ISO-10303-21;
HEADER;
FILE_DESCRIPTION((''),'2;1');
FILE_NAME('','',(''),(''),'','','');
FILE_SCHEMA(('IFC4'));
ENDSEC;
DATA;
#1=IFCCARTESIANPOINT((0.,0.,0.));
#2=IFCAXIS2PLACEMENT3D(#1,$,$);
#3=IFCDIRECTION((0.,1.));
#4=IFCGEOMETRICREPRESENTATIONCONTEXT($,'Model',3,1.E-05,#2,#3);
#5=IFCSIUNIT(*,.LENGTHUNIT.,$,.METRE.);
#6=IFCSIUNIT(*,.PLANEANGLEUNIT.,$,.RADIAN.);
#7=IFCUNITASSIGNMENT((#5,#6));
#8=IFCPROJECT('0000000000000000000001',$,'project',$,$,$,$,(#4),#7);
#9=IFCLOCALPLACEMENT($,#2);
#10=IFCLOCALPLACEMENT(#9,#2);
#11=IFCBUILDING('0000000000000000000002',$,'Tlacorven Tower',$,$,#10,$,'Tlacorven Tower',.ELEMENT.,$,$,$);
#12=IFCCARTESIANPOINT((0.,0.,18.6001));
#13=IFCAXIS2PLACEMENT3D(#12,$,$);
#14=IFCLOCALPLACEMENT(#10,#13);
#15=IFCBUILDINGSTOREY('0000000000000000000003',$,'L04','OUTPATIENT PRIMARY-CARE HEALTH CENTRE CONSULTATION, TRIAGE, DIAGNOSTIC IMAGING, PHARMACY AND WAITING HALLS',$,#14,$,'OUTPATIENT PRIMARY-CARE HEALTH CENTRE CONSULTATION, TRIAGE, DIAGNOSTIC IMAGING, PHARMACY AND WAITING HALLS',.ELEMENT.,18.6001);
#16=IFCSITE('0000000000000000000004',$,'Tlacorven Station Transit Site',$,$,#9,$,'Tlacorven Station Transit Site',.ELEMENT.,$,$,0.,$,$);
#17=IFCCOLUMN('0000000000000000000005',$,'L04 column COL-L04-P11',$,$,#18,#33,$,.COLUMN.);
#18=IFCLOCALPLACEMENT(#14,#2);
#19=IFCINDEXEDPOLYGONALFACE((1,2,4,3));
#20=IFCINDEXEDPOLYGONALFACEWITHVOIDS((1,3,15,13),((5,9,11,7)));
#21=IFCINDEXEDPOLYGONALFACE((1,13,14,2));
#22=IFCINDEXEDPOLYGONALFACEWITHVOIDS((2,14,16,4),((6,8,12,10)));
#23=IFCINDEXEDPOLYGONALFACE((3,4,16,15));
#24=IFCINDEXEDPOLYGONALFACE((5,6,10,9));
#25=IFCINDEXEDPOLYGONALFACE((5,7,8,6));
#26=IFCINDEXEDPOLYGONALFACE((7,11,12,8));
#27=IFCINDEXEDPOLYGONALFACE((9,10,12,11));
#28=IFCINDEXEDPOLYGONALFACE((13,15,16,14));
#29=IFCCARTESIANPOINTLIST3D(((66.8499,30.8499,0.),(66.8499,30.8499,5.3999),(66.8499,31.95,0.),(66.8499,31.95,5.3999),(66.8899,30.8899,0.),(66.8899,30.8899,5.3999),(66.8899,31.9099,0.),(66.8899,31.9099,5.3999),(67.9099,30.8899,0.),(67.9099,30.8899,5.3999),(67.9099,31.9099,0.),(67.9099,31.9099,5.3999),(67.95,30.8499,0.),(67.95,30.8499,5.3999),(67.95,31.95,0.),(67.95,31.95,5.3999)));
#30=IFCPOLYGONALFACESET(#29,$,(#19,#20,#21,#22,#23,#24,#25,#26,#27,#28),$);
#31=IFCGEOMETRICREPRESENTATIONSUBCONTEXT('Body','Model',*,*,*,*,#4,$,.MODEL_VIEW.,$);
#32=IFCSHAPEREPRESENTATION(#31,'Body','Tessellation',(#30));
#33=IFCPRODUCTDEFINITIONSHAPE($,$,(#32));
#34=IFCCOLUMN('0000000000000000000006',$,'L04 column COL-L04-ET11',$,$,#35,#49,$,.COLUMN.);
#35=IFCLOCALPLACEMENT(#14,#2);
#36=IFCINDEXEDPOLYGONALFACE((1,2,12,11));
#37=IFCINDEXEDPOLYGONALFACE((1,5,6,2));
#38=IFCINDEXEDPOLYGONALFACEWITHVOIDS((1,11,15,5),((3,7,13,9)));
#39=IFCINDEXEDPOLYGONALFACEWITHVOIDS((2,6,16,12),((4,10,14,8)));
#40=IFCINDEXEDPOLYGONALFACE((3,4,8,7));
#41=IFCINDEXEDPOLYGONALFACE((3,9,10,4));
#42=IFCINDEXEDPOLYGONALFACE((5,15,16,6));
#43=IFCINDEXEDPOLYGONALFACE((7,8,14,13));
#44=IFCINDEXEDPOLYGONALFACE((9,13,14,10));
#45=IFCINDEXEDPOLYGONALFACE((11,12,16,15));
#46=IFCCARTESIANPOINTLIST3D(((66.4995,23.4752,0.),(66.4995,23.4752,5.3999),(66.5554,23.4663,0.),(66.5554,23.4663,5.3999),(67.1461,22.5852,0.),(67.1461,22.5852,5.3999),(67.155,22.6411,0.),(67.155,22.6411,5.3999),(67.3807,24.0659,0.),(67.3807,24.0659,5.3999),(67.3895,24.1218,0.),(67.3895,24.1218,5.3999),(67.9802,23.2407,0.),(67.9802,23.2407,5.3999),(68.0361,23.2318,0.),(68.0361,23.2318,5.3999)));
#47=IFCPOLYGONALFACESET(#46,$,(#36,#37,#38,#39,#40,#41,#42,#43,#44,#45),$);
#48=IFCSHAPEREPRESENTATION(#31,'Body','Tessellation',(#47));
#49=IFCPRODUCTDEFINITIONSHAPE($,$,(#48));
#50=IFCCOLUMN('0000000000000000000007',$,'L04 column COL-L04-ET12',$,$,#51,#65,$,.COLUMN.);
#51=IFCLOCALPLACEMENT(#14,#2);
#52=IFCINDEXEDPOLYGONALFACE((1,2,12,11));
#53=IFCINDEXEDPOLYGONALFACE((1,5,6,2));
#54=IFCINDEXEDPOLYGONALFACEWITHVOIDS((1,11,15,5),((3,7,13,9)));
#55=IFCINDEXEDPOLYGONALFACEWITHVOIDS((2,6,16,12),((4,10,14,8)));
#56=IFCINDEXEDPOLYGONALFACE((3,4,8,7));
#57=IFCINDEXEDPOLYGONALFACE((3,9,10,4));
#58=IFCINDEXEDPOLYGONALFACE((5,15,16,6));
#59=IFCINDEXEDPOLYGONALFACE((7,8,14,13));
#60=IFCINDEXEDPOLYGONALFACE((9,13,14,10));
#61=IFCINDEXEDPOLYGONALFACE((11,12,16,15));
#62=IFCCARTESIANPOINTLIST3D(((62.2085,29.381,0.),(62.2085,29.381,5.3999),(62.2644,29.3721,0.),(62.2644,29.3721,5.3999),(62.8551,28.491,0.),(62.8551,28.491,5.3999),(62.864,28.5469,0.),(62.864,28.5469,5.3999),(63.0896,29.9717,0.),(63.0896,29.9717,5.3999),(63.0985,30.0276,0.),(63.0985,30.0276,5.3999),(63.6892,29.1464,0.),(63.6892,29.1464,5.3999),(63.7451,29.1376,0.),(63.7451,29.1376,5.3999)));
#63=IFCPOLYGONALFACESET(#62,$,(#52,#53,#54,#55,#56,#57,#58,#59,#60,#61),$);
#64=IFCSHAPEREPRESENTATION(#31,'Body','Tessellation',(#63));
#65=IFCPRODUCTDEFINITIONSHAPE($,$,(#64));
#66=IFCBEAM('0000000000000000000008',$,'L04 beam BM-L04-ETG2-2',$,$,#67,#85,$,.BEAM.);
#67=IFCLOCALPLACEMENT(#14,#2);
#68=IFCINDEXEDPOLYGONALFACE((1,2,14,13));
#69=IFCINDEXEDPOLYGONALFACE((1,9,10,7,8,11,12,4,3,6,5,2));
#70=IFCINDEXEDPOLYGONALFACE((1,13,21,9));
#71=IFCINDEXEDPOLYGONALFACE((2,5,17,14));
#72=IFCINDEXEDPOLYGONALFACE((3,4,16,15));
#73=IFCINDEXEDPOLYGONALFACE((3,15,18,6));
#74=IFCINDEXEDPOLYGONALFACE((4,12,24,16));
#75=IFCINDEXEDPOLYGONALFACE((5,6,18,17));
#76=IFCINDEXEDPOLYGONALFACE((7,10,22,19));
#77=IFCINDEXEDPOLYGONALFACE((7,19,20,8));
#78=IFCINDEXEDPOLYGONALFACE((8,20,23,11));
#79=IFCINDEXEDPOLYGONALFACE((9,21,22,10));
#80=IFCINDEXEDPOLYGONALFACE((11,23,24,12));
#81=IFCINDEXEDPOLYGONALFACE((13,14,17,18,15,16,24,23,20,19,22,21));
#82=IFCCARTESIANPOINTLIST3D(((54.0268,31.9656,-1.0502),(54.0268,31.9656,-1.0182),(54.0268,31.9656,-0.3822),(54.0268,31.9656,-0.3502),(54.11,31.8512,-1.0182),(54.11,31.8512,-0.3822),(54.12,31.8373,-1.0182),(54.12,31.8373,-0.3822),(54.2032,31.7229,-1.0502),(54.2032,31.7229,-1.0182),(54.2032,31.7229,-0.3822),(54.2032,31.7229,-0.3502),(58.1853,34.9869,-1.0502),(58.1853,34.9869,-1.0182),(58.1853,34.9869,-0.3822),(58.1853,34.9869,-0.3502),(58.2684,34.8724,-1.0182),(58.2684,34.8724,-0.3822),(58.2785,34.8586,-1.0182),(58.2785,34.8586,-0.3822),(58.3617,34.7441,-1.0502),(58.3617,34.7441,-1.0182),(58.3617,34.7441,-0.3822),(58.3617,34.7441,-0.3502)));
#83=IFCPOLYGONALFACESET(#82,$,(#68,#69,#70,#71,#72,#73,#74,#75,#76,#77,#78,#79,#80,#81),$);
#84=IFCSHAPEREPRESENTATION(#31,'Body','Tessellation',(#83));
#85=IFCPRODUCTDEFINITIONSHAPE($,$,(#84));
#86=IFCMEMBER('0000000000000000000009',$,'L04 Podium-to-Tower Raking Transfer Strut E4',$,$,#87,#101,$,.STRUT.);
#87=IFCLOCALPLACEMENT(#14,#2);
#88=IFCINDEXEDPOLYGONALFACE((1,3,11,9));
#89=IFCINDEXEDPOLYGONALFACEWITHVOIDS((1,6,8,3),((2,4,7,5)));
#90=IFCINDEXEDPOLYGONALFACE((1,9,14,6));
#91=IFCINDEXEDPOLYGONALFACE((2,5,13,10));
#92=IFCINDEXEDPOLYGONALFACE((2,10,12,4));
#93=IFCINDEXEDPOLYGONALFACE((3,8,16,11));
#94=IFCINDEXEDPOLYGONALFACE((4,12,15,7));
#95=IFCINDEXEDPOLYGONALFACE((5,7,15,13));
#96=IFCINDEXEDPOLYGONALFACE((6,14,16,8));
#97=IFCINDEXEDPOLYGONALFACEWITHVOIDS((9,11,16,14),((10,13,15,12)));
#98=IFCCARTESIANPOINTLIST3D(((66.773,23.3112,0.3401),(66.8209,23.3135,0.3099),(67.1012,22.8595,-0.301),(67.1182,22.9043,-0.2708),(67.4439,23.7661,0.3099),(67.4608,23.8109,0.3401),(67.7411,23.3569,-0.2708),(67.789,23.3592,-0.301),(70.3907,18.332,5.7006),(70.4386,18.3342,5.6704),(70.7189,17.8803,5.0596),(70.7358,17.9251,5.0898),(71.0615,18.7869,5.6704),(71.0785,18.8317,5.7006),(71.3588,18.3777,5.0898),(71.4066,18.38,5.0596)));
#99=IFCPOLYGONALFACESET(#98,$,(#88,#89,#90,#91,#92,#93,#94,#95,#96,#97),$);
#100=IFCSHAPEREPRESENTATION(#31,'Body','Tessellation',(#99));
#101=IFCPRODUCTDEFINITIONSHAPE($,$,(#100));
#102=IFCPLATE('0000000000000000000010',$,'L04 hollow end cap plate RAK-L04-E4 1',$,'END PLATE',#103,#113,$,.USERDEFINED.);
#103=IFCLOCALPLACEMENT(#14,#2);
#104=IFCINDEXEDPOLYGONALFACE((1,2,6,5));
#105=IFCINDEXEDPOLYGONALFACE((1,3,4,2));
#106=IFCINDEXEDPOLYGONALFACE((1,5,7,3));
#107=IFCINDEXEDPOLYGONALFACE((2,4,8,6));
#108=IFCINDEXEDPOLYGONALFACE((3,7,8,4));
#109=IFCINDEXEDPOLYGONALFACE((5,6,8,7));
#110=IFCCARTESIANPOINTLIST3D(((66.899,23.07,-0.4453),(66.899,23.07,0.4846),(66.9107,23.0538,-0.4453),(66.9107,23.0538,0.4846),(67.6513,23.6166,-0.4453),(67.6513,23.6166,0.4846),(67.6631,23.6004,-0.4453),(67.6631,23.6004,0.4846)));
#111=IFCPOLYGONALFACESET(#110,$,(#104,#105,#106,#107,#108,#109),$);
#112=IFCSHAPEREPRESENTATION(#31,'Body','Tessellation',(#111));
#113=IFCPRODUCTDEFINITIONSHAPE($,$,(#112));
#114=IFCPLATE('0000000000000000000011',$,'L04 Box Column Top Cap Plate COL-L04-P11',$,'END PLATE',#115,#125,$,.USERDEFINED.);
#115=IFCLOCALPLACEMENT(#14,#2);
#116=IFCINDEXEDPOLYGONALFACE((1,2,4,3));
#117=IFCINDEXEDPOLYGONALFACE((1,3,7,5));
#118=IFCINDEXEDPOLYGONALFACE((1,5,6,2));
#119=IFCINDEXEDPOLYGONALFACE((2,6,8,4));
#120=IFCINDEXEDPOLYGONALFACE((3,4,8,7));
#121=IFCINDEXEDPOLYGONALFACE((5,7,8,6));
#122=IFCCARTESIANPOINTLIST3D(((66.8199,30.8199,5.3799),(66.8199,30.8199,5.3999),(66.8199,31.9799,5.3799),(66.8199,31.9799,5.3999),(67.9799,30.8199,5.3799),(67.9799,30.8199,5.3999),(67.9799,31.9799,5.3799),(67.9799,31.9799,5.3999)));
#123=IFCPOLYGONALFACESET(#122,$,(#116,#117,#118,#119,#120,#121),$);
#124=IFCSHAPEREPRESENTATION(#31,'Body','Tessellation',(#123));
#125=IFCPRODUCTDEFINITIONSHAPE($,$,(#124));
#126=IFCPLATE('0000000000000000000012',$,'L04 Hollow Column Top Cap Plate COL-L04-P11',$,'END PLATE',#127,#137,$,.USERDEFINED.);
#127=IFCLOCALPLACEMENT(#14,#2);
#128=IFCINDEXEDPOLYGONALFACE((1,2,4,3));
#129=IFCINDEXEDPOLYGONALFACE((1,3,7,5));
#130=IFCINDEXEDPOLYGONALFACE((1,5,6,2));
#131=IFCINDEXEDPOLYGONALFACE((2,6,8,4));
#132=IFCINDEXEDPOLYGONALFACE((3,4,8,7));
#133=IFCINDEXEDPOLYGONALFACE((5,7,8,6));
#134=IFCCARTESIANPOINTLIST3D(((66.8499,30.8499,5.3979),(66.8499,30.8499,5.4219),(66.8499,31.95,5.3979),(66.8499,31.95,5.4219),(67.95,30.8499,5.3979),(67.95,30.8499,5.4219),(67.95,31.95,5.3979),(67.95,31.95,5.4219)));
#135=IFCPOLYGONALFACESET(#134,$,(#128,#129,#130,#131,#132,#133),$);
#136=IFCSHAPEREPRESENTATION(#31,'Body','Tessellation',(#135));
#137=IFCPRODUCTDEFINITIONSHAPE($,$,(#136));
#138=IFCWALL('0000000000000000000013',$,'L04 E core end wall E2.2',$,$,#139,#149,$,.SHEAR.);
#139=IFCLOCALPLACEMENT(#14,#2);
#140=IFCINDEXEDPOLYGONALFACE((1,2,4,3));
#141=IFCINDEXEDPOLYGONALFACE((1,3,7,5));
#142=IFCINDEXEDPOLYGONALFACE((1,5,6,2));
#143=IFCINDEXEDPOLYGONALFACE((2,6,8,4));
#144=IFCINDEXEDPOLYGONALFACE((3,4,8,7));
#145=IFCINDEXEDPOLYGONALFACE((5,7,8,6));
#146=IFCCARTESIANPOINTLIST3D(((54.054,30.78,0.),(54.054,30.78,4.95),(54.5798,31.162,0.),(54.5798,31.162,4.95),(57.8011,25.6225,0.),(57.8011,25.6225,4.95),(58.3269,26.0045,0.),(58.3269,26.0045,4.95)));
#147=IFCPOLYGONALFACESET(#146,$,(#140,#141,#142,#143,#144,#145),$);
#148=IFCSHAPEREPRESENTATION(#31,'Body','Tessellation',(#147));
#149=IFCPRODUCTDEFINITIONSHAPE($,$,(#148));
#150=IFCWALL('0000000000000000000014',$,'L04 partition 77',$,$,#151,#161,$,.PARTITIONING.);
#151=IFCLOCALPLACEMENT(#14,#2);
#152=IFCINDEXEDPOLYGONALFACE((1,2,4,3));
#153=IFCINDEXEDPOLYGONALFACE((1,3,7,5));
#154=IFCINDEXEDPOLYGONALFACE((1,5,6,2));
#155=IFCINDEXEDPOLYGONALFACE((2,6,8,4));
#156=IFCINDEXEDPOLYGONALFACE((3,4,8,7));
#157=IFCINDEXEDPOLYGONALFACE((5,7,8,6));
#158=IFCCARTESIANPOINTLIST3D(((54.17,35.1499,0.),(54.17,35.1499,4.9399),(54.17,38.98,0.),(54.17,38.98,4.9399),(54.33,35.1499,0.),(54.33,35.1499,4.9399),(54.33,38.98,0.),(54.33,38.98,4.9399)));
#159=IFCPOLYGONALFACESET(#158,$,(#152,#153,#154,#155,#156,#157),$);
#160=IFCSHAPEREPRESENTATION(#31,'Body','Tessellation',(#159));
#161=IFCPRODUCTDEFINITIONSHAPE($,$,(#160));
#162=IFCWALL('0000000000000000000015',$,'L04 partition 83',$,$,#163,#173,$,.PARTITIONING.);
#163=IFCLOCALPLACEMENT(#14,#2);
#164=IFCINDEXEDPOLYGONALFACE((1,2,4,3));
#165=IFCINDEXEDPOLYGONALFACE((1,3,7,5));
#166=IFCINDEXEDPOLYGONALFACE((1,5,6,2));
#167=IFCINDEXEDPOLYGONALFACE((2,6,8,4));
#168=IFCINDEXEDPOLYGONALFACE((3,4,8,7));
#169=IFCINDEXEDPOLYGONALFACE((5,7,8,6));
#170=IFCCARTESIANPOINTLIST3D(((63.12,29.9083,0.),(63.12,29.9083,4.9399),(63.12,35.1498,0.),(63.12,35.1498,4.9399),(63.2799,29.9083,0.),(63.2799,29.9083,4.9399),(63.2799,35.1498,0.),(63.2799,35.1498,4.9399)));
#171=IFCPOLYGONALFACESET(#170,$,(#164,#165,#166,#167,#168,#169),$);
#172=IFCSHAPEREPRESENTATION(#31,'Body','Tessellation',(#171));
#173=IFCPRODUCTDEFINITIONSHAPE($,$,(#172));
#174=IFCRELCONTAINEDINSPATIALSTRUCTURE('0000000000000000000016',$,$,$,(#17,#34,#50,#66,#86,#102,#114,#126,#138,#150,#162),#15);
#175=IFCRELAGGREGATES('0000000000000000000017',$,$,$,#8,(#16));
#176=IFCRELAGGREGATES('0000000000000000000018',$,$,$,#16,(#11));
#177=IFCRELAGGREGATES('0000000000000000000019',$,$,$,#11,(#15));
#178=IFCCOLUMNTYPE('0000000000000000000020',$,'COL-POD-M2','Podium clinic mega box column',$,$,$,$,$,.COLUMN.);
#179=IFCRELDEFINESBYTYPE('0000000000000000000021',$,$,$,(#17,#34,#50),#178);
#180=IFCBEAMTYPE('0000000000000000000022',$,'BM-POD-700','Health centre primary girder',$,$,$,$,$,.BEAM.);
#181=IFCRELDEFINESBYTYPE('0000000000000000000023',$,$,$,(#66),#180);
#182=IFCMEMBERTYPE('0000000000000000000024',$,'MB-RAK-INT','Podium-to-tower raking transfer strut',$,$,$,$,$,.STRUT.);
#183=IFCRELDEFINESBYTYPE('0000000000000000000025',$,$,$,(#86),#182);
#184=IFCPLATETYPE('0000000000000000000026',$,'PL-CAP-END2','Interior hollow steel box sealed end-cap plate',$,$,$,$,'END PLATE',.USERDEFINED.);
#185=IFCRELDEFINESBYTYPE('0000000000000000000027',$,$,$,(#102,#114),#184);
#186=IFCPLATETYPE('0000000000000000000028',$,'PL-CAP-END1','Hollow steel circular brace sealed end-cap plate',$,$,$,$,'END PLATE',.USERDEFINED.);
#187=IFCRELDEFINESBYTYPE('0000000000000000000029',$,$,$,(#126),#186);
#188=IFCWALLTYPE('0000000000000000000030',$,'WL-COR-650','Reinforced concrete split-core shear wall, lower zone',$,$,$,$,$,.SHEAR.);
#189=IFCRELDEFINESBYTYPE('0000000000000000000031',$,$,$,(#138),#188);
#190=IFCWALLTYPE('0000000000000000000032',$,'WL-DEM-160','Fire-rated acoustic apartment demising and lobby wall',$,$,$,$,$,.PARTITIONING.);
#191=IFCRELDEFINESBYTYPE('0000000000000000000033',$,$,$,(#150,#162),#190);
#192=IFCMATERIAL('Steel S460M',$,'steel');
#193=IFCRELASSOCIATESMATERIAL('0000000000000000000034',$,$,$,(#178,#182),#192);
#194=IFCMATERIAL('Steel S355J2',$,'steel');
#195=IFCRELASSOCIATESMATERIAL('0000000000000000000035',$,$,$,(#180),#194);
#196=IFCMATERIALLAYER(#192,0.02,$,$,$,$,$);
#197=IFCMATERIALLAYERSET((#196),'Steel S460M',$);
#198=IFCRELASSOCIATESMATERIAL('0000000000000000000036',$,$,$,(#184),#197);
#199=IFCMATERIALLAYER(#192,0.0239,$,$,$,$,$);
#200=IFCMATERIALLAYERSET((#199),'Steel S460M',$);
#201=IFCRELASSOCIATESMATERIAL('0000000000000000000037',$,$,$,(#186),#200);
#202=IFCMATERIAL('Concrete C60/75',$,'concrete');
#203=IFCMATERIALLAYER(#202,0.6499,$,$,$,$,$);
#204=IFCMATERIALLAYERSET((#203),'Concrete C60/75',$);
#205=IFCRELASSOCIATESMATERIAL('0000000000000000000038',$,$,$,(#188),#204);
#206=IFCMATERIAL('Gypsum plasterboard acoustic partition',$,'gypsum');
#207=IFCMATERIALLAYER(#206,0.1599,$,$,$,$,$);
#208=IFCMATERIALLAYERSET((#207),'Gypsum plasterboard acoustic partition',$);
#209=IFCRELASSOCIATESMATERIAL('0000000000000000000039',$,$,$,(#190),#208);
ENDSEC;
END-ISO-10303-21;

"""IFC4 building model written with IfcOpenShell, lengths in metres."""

from ifc_helpers import new_model, si_unit, direction, frame, frame_2d, origin, origin_2d, place, context, subcontext, project, spatial, rectangle, hollow_rectangle, i_section, extrude, source, transform, mapped, material, layer, layer_set, material_profile, profile_set, type_object, element, save


model = new_model("IFC4")

# Units and contexts
model_context = context("Model", 3, precision=1e-05, world=origin(), true_north=direction((0.0, 1.0)))
body_context = subcontext(model_context, "Body", "Model", "MODEL_VIEW")
ifc_project = project(units=[si_unit("LENGTHUNIT", "METRE"), si_unit("PLANEANGLEUNIT", "RADIAN")], contexts=[model_context])

# Site, building, storey
site_placement = place(None, origin())
site = spatial("IfcSite", under=ifc_project, at=site_placement, Name="Tlacorven Station Transit Site", LongName="Tlacorven Station Transit Site", CompositionType="ELEMENT", RefElevation=0.0)
building_placement = place(site_placement, origin())
building = spatial("IfcBuilding", under=site, at=building_placement, Name="Tlacorven Tower", LongName="Tlacorven Tower", CompositionType="ELEMENT")
storey_placement = place(building_placement, frame((0.0, 0.0, 18.6001)))
storey = spatial("IfcBuildingStorey", under=building, at=storey_placement, Name="L04", Description="OUTPATIENT PRIMARY-CARE HEALTH CENTRE CONSULTATION, TRIAGE, DIAGNOSTIC IMAGING, PHARMACY AND WAITING HALLS", LongName="OUTPATIENT PRIMARY-CARE HEALTH CENTRE CONSULTATION, TRIAGE, DIAGNOSTIC IMAGING, PHARMACY AND WAITING HALLS", CompositionType="ELEMENT", Elevation=18.6001)

# Columns
ifc_material_1 = material(Name="Steel S460M", Category="steel")
ifc_material_profile_1 = material_profile(ifc_material_1, hollow_rectangle(XDim=1.1001, YDim=1.1001, WallThickness=0.04, at=origin_2d()), Name="BOX 1100X1100X40")
ifc_profile_set_1 = profile_set([ifc_material_profile_1], Name="Steel S460M")
column_type = type_object("IfcColumnType", Name="COL-POD-M2", Description="Podium clinic mega box column", PredefinedType="COLUMN", material=ifc_profile_set_1)
shared_shape_1 = source(origin(), body_context, "Body", "SweptSolid", [
    extrude(hollow_rectangle(XDim=1.1001, YDim=1.1001, WallThickness=0.04, at=origin_2d()), origin(), (0.0, 0.0, 1.0), 5.3999),
])
for number, where, z_axis, x_axis, name in (
    (1, (67.3999, 31.3999, 0.0), (0.0, 0.0, 1.0), (1.0, 0.0, 0.0), "L04 column COL-L04-P11"),
    (2, (67.2678, 23.3535, 0.0), (0.0, 0.0, 1.0), (0.809017, 0.587785, 0.0), "L04 column COL-L04-ET11"),
    (3, (62.9768, 29.2593, 0.0), (0.0, 0.0, 1.0), (0.809017, 0.587785, 0.0), "L04 column COL-L04-ET12"),
):
    element("IfcColumn", number, at=place(storey_placement, frame(where, z_axis=z_axis, x_axis=x_axis)), inside=storey, type_object=column_type, Name=name, PredefinedType="COLUMN", context=body_context, shape_type="MappedRepresentation", body=[
        mapped(shared_shape_1, transform((0.0, 0.0, 0.0), scale=1.0)),
    ])

# Beam
ifc_material_2 = material(Name="Steel S355J2", Category="steel")
ifc_material_profile_2 = material_profile(ifc_material_2, i_section(OverallWidth=0.3, OverallDepth=0.7, WebThickness=0.0171, FlangeThickness=0.032, at=origin_2d()), Name="HEB 700")
ifc_profile_set_2 = profile_set([ifc_material_profile_2], Name="Steel S355J2")
beam_type = type_object("IfcBeamType", Name="BM-POD-700", Description="Health centre primary girder", PredefinedType="BEAM", material=ifc_profile_set_2)
shared_shape_2 = source(origin(), body_context, "Body", "SweptSolid", [
    extrude(i_section(OverallWidth=0.3, OverallDepth=0.7, WebThickness=0.0171, FlangeThickness=0.032, at=origin_2d()), origin(), (0.0, 0.0, 1.0), 5.1401),
])
beam_placement = place(storey_placement, frame((54.115, 31.8442, -0.7002), z_axis=(0.809021, 0.587779, 0.0), x_axis=(-0.587779, 0.809021, 0.0)))
element("IfcBeam", 4, at=beam_placement, inside=storey, type_object=beam_type, Name="L04 beam BM-L04-ETG2-2", PredefinedType="BEAM", context=body_context, shape_type="MappedRepresentation", body=[
    mapped(shared_shape_2, transform((0.0, 0.0, 0.0), scale=1.0)),
])

# Member
ifc_material_profile_3 = material_profile(ifc_material_1, hollow_rectangle(XDim=0.8501, YDim=0.8501, WallThickness=0.04, at=origin_2d()), Name="BOX 850X850X40")
ifc_profile_set_3 = profile_set([ifc_material_profile_3], Name="Steel S460M")
member_type = type_object("IfcMemberType", Name="MB-RAK-INT", Description="Podium-to-tower raking transfer strut", PredefinedType="STRUT", material=ifc_profile_set_3)
shared_shape_3 = source(origin(), body_context, "Body", "SweptSolid", [
    extrude(hollow_rectangle(XDim=0.8501, YDim=0.8501, WallThickness=0.04, at=origin_2d()), origin(), (0.0, 0.0, 1.0), 8.1619),
])
member_placement = place(storey_placement, frame((67.281, 23.3352, 0.0195), z_axis=(0.44324, -0.610061, 0.656783), x_axis=(0.809014, 0.58779, 0.0)))
element("IfcMember", 5, at=member_placement, inside=storey, type_object=member_type, Name="L04 Podium-to-Tower Raking Transfer Strut E4", PredefinedType="STRUT", context=body_context, shape_type="MappedRepresentation", body=[
    mapped(shared_shape_3, transform((0.0, 0.0, 0.0), scale=1.0)),
])

# Plates
ifc_layer_1 = layer(ifc_material_1, 0.02)
ifc_layer_set_1 = layer_set([ifc_layer_1], Name="Steel S460M")
plate_type_1 = type_object("IfcPlateType", Name="PL-CAP-END2", Description="Interior hollow steel box sealed end-cap plate", ElementType="END PLATE", PredefinedType="USERDEFINED", material=ifc_layer_set_1)
shared_shape_4 = source(origin(), body_context, "Body", "SweptSolid", [
    extrude(rectangle(XDim=0.02, YDim=0.9299, at=origin_2d()), origin(), (0.0, 0.0, 1.0), 0.9299),
])
plate_1_placement = place(storey_placement, frame((67.281, 23.3352, -0.4453), z_axis=(0.0, 0.0, 1.0), x_axis=(0.587785, -0.809017, 0.0)))
element("IfcPlate", 6, at=plate_1_placement, inside=storey, type_object=plate_type_1, Name="L04 hollow end cap plate RAK-L04-E4 1", ObjectType="END PLATE", PredefinedType="USERDEFINED", context=body_context, shape_type="MappedRepresentation", body=[
    mapped(shared_shape_4, transform((0.0, 0.0, 0.0), scale=1.0)),
])
shared_shape_5 = source(origin(), body_context, "Body", "SweptSolid", [
    extrude(rectangle(XDim=1.1599, YDim=1.1599, at=origin_2d()), origin(), (0.0, 0.0, 1.0), 0.02),
])
plate_2_placement = place(storey_placement, frame((67.3999, 31.3999, 5.3799), z_axis=(0.0, 0.0, 1.0), x_axis=(1.0, 0.0, 0.0)))
element("IfcPlate", 7, at=plate_2_placement, inside=storey, type_object=plate_type_1, Name="L04 Box Column Top Cap Plate COL-L04-P11", ObjectType="END PLATE", PredefinedType="USERDEFINED", context=body_context, shape_type="MappedRepresentation", body=[
    mapped(shared_shape_5, transform((0.0, 0.0, 0.0), scale=1.0)),
])
ifc_layer_2 = layer(ifc_material_1, 0.0239)
ifc_layer_set_2 = layer_set([ifc_layer_2], Name="Steel S460M")
plate_type_2 = type_object("IfcPlateType", Name="PL-CAP-END1", Description="Hollow steel circular brace sealed end-cap plate", ElementType="END PLATE", PredefinedType="USERDEFINED", material=ifc_layer_set_2)
shared_shape_6 = source(origin(), body_context, "Body", "SweptSolid", [
    extrude(rectangle(XDim=1.1001, YDim=1.1001, at=origin_2d()), origin(), (0.0, 0.0, 1.0), 0.0239),
])
plate_3_placement = place(storey_placement, frame((67.3999, 31.3999, 5.3979), z_axis=(0.0, 0.0, 1.0), x_axis=(1.0, 0.0, 0.0)))
element("IfcPlate", 8, at=plate_3_placement, inside=storey, type_object=plate_type_2, Name="L04 Hollow Column Top Cap Plate COL-L04-P11", ObjectType="END PLATE", PredefinedType="USERDEFINED", context=body_context, shape_type="MappedRepresentation", body=[
    mapped(shared_shape_6, transform((0.0, 0.0, 0.0), scale=1.0)),
])

# Walls
ifc_material_3 = material(Name="Concrete C60/75", Category="concrete")
ifc_layer_3 = layer(ifc_material_3, 0.6499)
ifc_layer_set_3 = layer_set([ifc_layer_3], Name="Concrete C60/75")
wall_type_1 = type_object("IfcWallType", Name="WL-COR-650", Description="Reinforced concrete split-core shear wall, lower zone", PredefinedType="SHEAR", material=ifc_layer_set_3)
wall_1_placement = place(storey_placement, frame((58.064, 25.8135, 0.0), z_axis=(0.0, 0.0, 1.0), x_axis=(-0.58778, 0.809021, 0.0)))
element("IfcWall", 9, at=wall_1_placement, inside=storey, type_object=wall_type_1, Name="L04 E core end wall E2.2", PredefinedType="SHEAR", context=body_context, shape_type="SweptSolid", body=[
    extrude(rectangle(XDim=6.375, YDim=0.6499, at=frame_2d((3.1875, 0.0))), origin(), (0.0, 0.0, 1.0), 4.95),
])
ifc_material_4 = material(Name="Gypsum plasterboard acoustic partition", Category="gypsum")
ifc_layer_4 = layer(ifc_material_4, 0.1599)
ifc_layer_set_4 = layer_set([ifc_layer_4], Name="Gypsum plasterboard acoustic partition")
wall_type_2 = type_object("IfcWallType", Name="WL-DEM-160", Description="Fire-rated acoustic apartment demising and lobby wall", PredefinedType="PARTITIONING", material=ifc_layer_set_4)
wall_2_placement = place(storey_placement, frame((54.25, 35.1499, 0.0), z_axis=(0.0, 0.0, 1.0), x_axis=(0.0, 1.0, 0.0)))
element("IfcWall", 10, at=wall_2_placement, inside=storey, type_object=wall_type_2, Name="L04 partition 77", PredefinedType="PARTITIONING", context=body_context, shape_type="SweptSolid", body=[
    extrude(rectangle(XDim=3.8301, YDim=0.1599, at=frame_2d((1.915, 0.0))), origin(), (0.0, 0.0, 1.0), 4.9399),
])
wall_3_placement = place(storey_placement, frame((63.2, 29.9084, 0.0), z_axis=(0.0, 0.0, 1.0), x_axis=(0.0, 1.0, 0.0)))
element("IfcWall", 11, at=wall_3_placement, inside=storey, type_object=wall_type_2, Name="L04 partition 83", PredefinedType="PARTITIONING", context=body_context, shape_type="SweptSolid", body=[
    extrude(rectangle(XDim=5.2415, YDim=0.1599, at=frame_2d((2.6206, 0.0))), origin(), (0.0, 0.0, 1.0), 4.9399),
])

save(model, "model.ifc")
